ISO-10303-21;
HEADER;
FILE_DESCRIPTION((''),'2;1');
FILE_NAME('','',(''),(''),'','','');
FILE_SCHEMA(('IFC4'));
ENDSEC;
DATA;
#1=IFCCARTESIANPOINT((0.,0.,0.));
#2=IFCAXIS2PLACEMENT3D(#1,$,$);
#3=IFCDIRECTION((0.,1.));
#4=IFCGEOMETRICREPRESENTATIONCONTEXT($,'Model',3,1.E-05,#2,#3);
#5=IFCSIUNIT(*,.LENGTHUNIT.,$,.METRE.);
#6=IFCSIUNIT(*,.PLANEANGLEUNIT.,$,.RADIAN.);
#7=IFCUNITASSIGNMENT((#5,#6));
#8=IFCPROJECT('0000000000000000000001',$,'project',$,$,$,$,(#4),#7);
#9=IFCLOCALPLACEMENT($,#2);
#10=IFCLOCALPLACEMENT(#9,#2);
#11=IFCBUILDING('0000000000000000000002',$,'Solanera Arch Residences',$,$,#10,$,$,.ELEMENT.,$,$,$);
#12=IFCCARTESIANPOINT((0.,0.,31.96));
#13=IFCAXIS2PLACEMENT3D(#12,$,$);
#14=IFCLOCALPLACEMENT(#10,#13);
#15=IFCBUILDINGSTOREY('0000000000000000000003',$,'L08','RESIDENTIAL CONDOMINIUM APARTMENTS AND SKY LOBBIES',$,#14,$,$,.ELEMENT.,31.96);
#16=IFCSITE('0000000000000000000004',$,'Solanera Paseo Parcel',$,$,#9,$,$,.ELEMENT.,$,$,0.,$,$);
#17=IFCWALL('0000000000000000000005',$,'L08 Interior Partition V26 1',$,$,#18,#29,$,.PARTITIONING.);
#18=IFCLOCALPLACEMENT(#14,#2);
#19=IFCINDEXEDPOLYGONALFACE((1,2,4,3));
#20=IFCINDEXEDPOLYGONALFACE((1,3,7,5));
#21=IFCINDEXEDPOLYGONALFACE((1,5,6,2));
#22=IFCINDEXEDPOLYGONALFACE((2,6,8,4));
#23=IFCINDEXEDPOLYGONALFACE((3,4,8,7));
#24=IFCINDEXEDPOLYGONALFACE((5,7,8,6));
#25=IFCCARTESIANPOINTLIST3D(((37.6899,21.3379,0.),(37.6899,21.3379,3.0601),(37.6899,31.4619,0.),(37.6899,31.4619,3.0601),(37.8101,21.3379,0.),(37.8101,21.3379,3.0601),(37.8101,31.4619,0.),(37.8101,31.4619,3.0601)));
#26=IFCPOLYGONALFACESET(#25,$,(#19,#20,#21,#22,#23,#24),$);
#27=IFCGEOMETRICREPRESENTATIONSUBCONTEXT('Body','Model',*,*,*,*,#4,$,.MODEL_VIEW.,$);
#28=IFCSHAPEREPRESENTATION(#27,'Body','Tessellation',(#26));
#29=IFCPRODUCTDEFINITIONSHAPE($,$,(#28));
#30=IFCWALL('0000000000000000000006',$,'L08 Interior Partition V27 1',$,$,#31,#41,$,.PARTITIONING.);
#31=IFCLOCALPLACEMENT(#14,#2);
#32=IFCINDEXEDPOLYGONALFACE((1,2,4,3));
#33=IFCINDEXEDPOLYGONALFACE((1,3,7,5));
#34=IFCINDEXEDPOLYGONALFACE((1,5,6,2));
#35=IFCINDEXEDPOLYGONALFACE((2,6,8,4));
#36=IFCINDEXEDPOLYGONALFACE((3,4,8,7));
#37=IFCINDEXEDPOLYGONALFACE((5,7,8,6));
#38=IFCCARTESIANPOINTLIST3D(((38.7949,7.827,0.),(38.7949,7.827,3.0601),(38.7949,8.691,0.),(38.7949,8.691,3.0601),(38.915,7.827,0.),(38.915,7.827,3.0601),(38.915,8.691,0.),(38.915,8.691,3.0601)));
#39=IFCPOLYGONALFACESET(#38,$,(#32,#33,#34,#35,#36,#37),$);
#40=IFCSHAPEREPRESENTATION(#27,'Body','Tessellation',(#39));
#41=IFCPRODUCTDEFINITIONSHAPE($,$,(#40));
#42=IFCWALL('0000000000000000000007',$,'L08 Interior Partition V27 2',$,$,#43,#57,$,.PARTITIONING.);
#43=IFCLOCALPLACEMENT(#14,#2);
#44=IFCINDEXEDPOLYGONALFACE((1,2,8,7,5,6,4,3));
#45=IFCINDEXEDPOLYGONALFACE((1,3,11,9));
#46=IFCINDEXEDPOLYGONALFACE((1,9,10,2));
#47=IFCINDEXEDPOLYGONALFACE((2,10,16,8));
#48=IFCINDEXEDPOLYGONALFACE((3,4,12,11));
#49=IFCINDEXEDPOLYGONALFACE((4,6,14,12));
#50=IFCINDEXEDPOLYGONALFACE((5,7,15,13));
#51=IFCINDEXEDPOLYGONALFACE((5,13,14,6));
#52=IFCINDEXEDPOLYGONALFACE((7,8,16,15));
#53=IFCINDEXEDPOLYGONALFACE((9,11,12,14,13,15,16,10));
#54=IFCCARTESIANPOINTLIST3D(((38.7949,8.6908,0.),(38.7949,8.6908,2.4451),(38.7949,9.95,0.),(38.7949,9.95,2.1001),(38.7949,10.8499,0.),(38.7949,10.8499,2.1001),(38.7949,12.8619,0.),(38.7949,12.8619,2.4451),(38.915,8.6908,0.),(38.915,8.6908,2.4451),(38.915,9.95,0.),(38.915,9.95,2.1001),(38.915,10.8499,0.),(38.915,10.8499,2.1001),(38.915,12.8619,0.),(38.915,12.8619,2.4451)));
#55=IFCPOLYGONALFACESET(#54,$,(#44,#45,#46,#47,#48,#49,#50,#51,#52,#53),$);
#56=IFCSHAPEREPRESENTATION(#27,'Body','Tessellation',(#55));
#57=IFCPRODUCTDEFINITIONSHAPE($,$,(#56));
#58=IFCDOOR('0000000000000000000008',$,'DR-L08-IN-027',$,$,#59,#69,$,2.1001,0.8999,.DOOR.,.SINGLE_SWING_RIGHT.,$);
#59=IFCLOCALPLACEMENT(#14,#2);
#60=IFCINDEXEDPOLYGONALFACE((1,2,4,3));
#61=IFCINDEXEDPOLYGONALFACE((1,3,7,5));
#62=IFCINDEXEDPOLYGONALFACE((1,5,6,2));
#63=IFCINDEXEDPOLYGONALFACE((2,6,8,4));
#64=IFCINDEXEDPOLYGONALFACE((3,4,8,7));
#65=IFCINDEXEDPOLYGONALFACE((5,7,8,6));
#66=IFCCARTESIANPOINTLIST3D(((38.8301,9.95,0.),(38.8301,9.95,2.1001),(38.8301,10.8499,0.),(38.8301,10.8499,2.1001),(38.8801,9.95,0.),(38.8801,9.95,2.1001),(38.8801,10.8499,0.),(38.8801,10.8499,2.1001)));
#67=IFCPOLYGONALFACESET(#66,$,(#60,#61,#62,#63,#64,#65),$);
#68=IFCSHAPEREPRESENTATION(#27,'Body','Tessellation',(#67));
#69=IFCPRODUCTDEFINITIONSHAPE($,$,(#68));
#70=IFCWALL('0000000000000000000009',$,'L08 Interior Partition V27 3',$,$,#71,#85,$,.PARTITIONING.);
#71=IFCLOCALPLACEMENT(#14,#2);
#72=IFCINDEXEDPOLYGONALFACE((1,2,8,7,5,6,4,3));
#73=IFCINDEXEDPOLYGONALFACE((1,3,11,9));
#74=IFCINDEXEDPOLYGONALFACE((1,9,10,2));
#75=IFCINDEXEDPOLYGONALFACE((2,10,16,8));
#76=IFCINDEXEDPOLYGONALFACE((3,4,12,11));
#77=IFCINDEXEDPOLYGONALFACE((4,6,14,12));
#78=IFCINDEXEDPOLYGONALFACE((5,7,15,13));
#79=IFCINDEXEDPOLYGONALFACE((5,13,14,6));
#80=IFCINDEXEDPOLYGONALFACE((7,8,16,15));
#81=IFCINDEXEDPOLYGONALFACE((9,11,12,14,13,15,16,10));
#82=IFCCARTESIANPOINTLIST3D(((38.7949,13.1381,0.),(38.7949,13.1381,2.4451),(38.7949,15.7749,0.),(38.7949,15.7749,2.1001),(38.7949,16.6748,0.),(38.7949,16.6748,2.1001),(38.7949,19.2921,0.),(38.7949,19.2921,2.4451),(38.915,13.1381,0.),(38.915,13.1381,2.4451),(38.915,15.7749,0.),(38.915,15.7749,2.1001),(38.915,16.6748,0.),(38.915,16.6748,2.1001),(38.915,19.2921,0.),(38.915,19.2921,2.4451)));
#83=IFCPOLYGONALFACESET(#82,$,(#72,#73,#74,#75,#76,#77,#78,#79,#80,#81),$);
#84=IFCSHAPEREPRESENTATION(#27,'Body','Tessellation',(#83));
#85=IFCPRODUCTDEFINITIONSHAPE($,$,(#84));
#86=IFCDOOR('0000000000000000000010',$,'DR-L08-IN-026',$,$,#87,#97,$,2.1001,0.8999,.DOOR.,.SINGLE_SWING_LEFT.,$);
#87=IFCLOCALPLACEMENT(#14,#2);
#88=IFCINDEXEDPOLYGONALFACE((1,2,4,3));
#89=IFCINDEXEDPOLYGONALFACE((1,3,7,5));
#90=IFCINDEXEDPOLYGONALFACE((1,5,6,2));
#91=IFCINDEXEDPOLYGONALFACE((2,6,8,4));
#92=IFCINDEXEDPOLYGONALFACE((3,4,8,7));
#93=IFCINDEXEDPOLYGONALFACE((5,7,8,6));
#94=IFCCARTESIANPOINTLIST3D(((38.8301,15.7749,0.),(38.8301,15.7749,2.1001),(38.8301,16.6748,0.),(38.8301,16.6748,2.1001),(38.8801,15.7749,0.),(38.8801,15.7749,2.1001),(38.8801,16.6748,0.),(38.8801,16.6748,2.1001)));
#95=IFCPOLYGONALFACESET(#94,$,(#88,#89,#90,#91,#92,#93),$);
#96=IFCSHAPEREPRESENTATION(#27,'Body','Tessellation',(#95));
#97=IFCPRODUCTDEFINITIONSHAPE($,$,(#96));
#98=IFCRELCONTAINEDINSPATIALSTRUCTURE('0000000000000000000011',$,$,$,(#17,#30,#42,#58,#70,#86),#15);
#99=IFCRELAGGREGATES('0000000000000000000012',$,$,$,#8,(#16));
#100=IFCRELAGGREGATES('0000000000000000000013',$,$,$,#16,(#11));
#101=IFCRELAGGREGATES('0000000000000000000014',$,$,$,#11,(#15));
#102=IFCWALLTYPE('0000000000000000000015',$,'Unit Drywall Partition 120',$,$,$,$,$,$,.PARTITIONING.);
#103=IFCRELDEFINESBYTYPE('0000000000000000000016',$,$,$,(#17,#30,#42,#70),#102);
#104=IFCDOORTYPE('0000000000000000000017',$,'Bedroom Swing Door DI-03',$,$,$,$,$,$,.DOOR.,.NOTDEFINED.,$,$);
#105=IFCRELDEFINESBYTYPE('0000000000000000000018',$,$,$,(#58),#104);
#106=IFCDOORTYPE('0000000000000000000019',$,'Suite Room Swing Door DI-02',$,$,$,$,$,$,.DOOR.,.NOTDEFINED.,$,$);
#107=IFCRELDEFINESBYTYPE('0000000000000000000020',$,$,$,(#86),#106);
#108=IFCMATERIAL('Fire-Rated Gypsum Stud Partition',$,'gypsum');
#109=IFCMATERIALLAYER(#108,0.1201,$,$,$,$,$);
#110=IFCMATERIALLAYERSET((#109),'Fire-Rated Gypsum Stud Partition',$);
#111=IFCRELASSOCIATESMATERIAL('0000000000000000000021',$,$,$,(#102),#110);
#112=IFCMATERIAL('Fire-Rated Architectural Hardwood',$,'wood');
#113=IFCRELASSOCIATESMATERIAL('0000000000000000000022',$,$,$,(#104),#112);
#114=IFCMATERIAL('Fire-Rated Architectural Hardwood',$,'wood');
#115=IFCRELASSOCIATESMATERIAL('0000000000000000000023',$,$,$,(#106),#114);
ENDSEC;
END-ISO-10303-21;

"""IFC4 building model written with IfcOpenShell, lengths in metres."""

from ifc_helpers import new_model, si_unit, direction, frame, frame_2d, origin, place, context, subcontext, project, spatial, rectangle, extrude, material, layer, layer_set, type_object, element, fill, save


model = new_model("IFC4")

# Units and contexts
model_context = context("Model", 3, precision=1e-05, world=origin(), true_north=direction((0.0, 1.0)))
body_context = subcontext(model_context, "Body", "Model", "MODEL_VIEW")
ifc_project = project(units=[si_unit("LENGTHUNIT", "METRE"), si_unit("PLANEANGLEUNIT", "RADIAN")], contexts=[model_context])

# Site, building, storey
site_placement = place(None, origin())
site = spatial("IfcSite", under=ifc_project, at=site_placement, Name="Solanera Paseo Parcel", CompositionType="ELEMENT", RefElevation=0.0)
building_placement = place(site_placement, origin())
building = spatial("IfcBuilding", under=site, at=building_placement, Name="Solanera Arch Residences", CompositionType="ELEMENT")
storey_placement = place(building_placement, frame((0.0, 0.0, 31.96)))
storey = spatial("IfcBuildingStorey", under=building, at=storey_placement, Name="L08", Description="RESIDENTIAL CONDOMINIUM APARTMENTS AND SKY LOBBIES", CompositionType="ELEMENT", Elevation=31.96)

# Walls
ifc_material_1 = material(Name="Fire-Rated Gypsum Stud Partition", Category="gypsum")
ifc_layer_1 = layer(ifc_material_1, 0.1201)
ifc_layer_set_1 = layer_set([ifc_layer_1], Name="Fire-Rated Gypsum Stud Partition")
wall_type_1 = type_object("IfcWallType", Name="Unit Drywall Partition 120", PredefinedType="PARTITIONING", material=ifc_layer_set_1)
wall_1_placement = place(storey_placement, frame((37.75, 21.3379, 0.0), z_axis=(0.0, 0.0, 1.0), x_axis=(0.0, 1.0, 0.0)))
element("IfcWall", 1, at=wall_1_placement, inside=storey, type_object=wall_type_1, Name="L08 Interior Partition V26 1", PredefinedType="PARTITIONING", context=body_context, shape_type="SweptSolid", body=[
    extrude(rectangle(XDim=10.124, YDim=0.1201, at=frame_2d((5.062, 0.0))), origin(), (0.0, 0.0, 1.0), 3.0601),
])
wall_2_placement = place(storey_placement, frame((38.855, 7.8269, 0.0), z_axis=(0.0, 0.0, 1.0), x_axis=(0.0, 1.0, 0.0)))
element("IfcWall", 2, at=wall_2_placement, inside=storey, type_object=wall_type_1, Name="L08 Interior Partition V27 1", PredefinedType="PARTITIONING", context=body_context, shape_type="SweptSolid", body=[
    extrude(rectangle(XDim=0.864, YDim=0.1201, at=frame_2d((0.4321, 0.0))), origin(), (0.0, 0.0, 1.0), 3.0601),
])

# Walls, openings, doors
wall_3_placement = place(storey_placement, frame((38.855, 8.6909, 0.0), z_axis=(0.0, 0.0, 1.0), x_axis=(0.0, 1.0, 0.0)))
wall_3 = element("IfcWall", 3, at=wall_3_placement, inside=storey, type_object=wall_type_1, Name="L08 Interior Partition V27 2", PredefinedType="PARTITIONING", context=body_context, shape_type="SweptSolid", body=[
    extrude(rectangle(XDim=4.1711, YDim=0.1201, at=frame_2d((2.0854, 0.0))), origin(), (0.0, 0.0, 1.0), 2.4451),
])
opening_1_placement = place(wall_3_placement, frame((1.259, 0.0, 0.0)))
opening_1 = element("IfcOpeningElement", 4, at=opening_1_placement, cuts=wall_3, PredefinedType="OPENING", context=body_context, shape_type="SweptSolid", body=[
    extrude(rectangle(XDim=0.8999, YDim=2.1001, at=frame_2d((0.45, 1.05))), frame((0.0, 0.0701, 0.0), z_axis=(0.0, -1.0, 0.0), x_axis=(1.0, 0.0, 0.0)), (0.0, 0.0, 1.0), 0.1401),
])
ifc_material_2 = material(Name="Fire-Rated Architectural Hardwood", Category="wood")
door_type_1 = type_object("IfcDoorType", Name="Bedroom Swing Door DI-03", OperationType="NOTDEFINED", PredefinedType="DOOR", material=ifc_material_2)
door_1_placement = place(opening_1_placement, origin())
door_1 = element("IfcDoor", 5, at=door_1_placement, inside=storey, type_object=door_type_1, Name="DR-L08-IN-027", OperationType="SINGLE_SWING_RIGHT", OverallHeight=2.1001, OverallWidth=0.8999, PredefinedType="DOOR", context=body_context, shape_type="SweptSolid", body=[
    extrude(rectangle(XDim=0.8999, YDim=2.1001, at=frame_2d((0.45, 1.05))), frame((0.0, 0.0249, 0.0), z_axis=(0.0, -1.0, 0.0), x_axis=(1.0, 0.0, 0.0)), (0.0, 0.0, 1.0), 0.05),
])
fill(opening_1, door_1)
wall_4_placement = place(storey_placement, frame((38.855, 13.1379, 0.0), z_axis=(0.0, 0.0, 1.0), x_axis=(0.0, 1.0, 0.0)))
wall_4 = element("IfcWall", 6, at=wall_4_placement, inside=storey, type_object=wall_type_1, Name="L08 Interior Partition V27 3", PredefinedType="PARTITIONING", context=body_context, shape_type="SweptSolid", body=[
    extrude(rectangle(XDim=6.1541, YDim=0.1201, at=frame_2d((3.0771, 0.0))), origin(), (0.0, 0.0, 1.0), 2.4451),
])
opening_2_placement = place(wall_4_placement, frame((2.637, 0.0, 0.0)))
opening_2 = element("IfcOpeningElement", 7, at=opening_2_placement, cuts=wall_4, PredefinedType="OPENING", context=body_context, shape_type="SweptSolid", body=[
    extrude(rectangle(XDim=0.8999, YDim=2.1001, at=frame_2d((0.45, 1.05))), frame((0.0, 0.0701, 0.0), z_axis=(0.0, -1.0, 0.0), x_axis=(1.0, 0.0, 0.0)), (0.0, 0.0, 1.0), 0.1401),
])
ifc_material_3 = material(Name="Fire-Rated Architectural Hardwood", Category="wood")
door_type_2 = type_object("IfcDoorType", Name="Suite Room Swing Door DI-02", OperationType="NOTDEFINED", PredefinedType="DOOR", material=ifc_material_3)
door_2_placement = place(opening_2_placement, origin())
door_2 = element("IfcDoor", 8, at=door_2_placement, inside=storey, type_object=door_type_2, Name="DR-L08-IN-026", OperationType="SINGLE_SWING_LEFT", OverallHeight=2.1001, OverallWidth=0.8999, PredefinedType="DOOR", context=body_context, shape_type="SweptSolid", body=[
    extrude(rectangle(XDim=0.8999, YDim=2.1001, at=frame_2d((0.45, 1.05))), frame((0.0, 0.0249, 0.0), z_axis=(0.0, -1.0, 0.0), x_axis=(1.0, 0.0, 0.0)), (0.0, 0.0, 1.0), 0.05),
])
fill(opening_2, door_2)

save(model, "model.ifc")
